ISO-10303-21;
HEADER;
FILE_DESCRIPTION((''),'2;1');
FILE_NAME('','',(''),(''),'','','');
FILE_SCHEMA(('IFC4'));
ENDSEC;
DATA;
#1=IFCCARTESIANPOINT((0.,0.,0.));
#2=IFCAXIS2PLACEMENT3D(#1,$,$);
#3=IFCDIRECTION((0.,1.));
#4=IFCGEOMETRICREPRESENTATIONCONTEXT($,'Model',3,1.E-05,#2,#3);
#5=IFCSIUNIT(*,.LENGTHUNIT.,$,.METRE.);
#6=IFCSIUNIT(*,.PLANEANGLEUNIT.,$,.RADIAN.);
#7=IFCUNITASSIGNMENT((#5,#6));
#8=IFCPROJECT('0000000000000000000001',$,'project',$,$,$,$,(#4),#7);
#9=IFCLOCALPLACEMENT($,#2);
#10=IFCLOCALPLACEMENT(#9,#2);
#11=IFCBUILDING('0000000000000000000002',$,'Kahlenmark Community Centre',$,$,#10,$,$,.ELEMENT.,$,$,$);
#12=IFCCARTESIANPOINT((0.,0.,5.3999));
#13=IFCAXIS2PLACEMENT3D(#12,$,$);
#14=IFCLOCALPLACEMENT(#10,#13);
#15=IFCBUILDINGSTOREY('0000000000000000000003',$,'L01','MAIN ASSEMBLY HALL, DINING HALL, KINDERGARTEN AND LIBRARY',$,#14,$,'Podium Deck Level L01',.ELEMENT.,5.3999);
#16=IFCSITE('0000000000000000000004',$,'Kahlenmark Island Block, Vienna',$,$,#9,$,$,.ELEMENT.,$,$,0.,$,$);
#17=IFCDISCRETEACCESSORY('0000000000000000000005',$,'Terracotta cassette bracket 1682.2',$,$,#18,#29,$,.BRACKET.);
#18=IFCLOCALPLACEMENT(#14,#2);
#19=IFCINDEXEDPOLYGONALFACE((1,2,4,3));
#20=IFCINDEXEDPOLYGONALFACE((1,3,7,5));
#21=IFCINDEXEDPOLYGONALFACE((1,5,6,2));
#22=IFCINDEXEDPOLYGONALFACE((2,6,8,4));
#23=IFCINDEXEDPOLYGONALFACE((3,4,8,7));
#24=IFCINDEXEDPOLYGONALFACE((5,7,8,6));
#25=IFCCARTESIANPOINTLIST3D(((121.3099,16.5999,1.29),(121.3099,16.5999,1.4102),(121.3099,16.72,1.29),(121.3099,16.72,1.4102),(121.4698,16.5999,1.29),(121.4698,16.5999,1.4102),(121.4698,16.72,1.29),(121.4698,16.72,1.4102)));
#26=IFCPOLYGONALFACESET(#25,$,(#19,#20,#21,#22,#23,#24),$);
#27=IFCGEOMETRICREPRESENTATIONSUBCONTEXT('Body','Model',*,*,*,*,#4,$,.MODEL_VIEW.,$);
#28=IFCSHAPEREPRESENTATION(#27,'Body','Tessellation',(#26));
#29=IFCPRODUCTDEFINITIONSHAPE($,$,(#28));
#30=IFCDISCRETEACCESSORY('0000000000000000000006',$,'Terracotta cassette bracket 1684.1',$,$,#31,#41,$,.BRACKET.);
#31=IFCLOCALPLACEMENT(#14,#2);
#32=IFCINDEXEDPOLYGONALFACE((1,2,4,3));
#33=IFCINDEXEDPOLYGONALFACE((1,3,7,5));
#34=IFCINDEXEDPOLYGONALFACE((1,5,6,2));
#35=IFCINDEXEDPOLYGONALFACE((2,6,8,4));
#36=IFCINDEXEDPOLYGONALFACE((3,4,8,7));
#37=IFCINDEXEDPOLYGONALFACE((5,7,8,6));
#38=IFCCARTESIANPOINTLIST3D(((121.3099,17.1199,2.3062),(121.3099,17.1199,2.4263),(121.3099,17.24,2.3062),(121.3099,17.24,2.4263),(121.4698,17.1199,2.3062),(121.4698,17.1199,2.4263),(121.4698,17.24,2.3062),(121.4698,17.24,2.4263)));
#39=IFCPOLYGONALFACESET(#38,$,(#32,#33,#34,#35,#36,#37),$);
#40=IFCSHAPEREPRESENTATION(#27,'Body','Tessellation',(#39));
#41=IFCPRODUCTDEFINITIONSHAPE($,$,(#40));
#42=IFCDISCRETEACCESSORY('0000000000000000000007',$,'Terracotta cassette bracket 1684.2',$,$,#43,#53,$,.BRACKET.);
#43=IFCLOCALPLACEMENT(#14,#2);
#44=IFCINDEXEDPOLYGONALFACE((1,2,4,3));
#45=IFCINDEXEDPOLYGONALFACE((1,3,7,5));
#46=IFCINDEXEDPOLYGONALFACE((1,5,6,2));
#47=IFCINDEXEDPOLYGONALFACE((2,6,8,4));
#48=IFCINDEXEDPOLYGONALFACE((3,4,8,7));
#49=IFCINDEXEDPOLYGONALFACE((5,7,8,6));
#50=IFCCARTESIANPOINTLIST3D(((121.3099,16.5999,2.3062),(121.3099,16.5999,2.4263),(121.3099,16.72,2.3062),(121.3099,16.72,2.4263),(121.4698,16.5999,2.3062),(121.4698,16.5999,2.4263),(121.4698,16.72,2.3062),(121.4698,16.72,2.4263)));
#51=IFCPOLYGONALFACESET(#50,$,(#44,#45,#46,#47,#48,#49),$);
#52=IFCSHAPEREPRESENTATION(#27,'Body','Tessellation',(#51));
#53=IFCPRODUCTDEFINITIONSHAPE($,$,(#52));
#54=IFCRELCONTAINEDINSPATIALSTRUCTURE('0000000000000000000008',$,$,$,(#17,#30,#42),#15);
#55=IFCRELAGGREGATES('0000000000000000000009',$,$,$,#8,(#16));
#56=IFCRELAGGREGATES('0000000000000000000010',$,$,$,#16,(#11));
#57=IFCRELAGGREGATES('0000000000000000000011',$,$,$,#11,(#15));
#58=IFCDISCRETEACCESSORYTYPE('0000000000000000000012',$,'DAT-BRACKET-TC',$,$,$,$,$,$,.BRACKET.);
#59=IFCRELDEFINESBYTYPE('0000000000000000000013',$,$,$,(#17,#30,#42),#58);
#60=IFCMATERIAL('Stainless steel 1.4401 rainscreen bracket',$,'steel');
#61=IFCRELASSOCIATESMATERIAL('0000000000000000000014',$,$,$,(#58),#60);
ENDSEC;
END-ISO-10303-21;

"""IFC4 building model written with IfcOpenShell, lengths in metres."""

from ifc_helpers import new_model, si_unit, direction, frame, origin, origin_2d, place, context, subcontext, project, spatial, rectangle, extrude, material, type_object, element, save


model = new_model("IFC4")

# Units and contexts
model_context = context("Model", 3, precision=1e-05, world=origin(), true_north=direction((0.0, 1.0)))
body_context = subcontext(model_context, "Body", "Model", "MODEL_VIEW")
ifc_project = project(units=[si_unit("LENGTHUNIT", "METRE"), si_unit("PLANEANGLEUNIT", "RADIAN")], contexts=[model_context])

# Site, building, storey
site_placement = place(None, origin())
site = spatial("IfcSite", under=ifc_project, at=site_placement, Name="Kahlenmark Island Block, Vienna", CompositionType="ELEMENT", RefElevation=0.0)
building_placement = place(site_placement, origin())
building = spatial("IfcBuilding", under=site, at=building_placement, Name="Kahlenmark Community Centre", CompositionType="ELEMENT")
storey_placement = place(building_placement, frame((0.0, 0.0, 5.3999)))
storey = spatial("IfcBuildingStorey", under=building, at=storey_placement, Name="L01", Description="MAIN ASSEMBLY HALL, DINING HALL, KINDERGARTEN AND LIBRARY", LongName="Podium Deck Level L01", CompositionType="ELEMENT", Elevation=5.3999)

# Discrete accessories
ifc_material_1 = material(Name="Stainless steel 1.4401 rainscreen bracket", Category="steel")
discrete_accessory_type = type_object("IfcDiscreteAccessoryType", Name="DAT-BRACKET-TC", PredefinedType="BRACKET", material=ifc_material_1)
for number, where, z_axis, x_axis, name in (
    (1, (121.3899, 16.6599, 1.29), (0.0, 0.0, 1.0), (0.0, -1.0, 0.0), "Terracotta cassette bracket 1682.2"),
    (2, (121.3899, 17.1799, 2.3062), (0.0, 0.0, 1.0), (0.0, -1.0, 0.0), "Terracotta cassette bracket 1684.1"),
    (3, (121.3899, 16.6599, 2.3062), (0.0, 0.0, 1.0), (0.0, -1.0, 0.0), "Terracotta cassette bracket 1684.2"),
):
    element("IfcDiscreteAccessory", number, at=place(storey_placement, frame(where, z_axis=z_axis, x_axis=x_axis)), inside=storey, type_object=discrete_accessory_type, Name=name, PredefinedType="BRACKET", context=body_context, shape_type="SweptSolid", body=[
        extrude(rectangle(XDim=0.1201, YDim=0.1599, at=origin_2d()), origin(), (0.0, 0.0, 1.0), 0.1201),
    ])

save(model, "model.ifc")
